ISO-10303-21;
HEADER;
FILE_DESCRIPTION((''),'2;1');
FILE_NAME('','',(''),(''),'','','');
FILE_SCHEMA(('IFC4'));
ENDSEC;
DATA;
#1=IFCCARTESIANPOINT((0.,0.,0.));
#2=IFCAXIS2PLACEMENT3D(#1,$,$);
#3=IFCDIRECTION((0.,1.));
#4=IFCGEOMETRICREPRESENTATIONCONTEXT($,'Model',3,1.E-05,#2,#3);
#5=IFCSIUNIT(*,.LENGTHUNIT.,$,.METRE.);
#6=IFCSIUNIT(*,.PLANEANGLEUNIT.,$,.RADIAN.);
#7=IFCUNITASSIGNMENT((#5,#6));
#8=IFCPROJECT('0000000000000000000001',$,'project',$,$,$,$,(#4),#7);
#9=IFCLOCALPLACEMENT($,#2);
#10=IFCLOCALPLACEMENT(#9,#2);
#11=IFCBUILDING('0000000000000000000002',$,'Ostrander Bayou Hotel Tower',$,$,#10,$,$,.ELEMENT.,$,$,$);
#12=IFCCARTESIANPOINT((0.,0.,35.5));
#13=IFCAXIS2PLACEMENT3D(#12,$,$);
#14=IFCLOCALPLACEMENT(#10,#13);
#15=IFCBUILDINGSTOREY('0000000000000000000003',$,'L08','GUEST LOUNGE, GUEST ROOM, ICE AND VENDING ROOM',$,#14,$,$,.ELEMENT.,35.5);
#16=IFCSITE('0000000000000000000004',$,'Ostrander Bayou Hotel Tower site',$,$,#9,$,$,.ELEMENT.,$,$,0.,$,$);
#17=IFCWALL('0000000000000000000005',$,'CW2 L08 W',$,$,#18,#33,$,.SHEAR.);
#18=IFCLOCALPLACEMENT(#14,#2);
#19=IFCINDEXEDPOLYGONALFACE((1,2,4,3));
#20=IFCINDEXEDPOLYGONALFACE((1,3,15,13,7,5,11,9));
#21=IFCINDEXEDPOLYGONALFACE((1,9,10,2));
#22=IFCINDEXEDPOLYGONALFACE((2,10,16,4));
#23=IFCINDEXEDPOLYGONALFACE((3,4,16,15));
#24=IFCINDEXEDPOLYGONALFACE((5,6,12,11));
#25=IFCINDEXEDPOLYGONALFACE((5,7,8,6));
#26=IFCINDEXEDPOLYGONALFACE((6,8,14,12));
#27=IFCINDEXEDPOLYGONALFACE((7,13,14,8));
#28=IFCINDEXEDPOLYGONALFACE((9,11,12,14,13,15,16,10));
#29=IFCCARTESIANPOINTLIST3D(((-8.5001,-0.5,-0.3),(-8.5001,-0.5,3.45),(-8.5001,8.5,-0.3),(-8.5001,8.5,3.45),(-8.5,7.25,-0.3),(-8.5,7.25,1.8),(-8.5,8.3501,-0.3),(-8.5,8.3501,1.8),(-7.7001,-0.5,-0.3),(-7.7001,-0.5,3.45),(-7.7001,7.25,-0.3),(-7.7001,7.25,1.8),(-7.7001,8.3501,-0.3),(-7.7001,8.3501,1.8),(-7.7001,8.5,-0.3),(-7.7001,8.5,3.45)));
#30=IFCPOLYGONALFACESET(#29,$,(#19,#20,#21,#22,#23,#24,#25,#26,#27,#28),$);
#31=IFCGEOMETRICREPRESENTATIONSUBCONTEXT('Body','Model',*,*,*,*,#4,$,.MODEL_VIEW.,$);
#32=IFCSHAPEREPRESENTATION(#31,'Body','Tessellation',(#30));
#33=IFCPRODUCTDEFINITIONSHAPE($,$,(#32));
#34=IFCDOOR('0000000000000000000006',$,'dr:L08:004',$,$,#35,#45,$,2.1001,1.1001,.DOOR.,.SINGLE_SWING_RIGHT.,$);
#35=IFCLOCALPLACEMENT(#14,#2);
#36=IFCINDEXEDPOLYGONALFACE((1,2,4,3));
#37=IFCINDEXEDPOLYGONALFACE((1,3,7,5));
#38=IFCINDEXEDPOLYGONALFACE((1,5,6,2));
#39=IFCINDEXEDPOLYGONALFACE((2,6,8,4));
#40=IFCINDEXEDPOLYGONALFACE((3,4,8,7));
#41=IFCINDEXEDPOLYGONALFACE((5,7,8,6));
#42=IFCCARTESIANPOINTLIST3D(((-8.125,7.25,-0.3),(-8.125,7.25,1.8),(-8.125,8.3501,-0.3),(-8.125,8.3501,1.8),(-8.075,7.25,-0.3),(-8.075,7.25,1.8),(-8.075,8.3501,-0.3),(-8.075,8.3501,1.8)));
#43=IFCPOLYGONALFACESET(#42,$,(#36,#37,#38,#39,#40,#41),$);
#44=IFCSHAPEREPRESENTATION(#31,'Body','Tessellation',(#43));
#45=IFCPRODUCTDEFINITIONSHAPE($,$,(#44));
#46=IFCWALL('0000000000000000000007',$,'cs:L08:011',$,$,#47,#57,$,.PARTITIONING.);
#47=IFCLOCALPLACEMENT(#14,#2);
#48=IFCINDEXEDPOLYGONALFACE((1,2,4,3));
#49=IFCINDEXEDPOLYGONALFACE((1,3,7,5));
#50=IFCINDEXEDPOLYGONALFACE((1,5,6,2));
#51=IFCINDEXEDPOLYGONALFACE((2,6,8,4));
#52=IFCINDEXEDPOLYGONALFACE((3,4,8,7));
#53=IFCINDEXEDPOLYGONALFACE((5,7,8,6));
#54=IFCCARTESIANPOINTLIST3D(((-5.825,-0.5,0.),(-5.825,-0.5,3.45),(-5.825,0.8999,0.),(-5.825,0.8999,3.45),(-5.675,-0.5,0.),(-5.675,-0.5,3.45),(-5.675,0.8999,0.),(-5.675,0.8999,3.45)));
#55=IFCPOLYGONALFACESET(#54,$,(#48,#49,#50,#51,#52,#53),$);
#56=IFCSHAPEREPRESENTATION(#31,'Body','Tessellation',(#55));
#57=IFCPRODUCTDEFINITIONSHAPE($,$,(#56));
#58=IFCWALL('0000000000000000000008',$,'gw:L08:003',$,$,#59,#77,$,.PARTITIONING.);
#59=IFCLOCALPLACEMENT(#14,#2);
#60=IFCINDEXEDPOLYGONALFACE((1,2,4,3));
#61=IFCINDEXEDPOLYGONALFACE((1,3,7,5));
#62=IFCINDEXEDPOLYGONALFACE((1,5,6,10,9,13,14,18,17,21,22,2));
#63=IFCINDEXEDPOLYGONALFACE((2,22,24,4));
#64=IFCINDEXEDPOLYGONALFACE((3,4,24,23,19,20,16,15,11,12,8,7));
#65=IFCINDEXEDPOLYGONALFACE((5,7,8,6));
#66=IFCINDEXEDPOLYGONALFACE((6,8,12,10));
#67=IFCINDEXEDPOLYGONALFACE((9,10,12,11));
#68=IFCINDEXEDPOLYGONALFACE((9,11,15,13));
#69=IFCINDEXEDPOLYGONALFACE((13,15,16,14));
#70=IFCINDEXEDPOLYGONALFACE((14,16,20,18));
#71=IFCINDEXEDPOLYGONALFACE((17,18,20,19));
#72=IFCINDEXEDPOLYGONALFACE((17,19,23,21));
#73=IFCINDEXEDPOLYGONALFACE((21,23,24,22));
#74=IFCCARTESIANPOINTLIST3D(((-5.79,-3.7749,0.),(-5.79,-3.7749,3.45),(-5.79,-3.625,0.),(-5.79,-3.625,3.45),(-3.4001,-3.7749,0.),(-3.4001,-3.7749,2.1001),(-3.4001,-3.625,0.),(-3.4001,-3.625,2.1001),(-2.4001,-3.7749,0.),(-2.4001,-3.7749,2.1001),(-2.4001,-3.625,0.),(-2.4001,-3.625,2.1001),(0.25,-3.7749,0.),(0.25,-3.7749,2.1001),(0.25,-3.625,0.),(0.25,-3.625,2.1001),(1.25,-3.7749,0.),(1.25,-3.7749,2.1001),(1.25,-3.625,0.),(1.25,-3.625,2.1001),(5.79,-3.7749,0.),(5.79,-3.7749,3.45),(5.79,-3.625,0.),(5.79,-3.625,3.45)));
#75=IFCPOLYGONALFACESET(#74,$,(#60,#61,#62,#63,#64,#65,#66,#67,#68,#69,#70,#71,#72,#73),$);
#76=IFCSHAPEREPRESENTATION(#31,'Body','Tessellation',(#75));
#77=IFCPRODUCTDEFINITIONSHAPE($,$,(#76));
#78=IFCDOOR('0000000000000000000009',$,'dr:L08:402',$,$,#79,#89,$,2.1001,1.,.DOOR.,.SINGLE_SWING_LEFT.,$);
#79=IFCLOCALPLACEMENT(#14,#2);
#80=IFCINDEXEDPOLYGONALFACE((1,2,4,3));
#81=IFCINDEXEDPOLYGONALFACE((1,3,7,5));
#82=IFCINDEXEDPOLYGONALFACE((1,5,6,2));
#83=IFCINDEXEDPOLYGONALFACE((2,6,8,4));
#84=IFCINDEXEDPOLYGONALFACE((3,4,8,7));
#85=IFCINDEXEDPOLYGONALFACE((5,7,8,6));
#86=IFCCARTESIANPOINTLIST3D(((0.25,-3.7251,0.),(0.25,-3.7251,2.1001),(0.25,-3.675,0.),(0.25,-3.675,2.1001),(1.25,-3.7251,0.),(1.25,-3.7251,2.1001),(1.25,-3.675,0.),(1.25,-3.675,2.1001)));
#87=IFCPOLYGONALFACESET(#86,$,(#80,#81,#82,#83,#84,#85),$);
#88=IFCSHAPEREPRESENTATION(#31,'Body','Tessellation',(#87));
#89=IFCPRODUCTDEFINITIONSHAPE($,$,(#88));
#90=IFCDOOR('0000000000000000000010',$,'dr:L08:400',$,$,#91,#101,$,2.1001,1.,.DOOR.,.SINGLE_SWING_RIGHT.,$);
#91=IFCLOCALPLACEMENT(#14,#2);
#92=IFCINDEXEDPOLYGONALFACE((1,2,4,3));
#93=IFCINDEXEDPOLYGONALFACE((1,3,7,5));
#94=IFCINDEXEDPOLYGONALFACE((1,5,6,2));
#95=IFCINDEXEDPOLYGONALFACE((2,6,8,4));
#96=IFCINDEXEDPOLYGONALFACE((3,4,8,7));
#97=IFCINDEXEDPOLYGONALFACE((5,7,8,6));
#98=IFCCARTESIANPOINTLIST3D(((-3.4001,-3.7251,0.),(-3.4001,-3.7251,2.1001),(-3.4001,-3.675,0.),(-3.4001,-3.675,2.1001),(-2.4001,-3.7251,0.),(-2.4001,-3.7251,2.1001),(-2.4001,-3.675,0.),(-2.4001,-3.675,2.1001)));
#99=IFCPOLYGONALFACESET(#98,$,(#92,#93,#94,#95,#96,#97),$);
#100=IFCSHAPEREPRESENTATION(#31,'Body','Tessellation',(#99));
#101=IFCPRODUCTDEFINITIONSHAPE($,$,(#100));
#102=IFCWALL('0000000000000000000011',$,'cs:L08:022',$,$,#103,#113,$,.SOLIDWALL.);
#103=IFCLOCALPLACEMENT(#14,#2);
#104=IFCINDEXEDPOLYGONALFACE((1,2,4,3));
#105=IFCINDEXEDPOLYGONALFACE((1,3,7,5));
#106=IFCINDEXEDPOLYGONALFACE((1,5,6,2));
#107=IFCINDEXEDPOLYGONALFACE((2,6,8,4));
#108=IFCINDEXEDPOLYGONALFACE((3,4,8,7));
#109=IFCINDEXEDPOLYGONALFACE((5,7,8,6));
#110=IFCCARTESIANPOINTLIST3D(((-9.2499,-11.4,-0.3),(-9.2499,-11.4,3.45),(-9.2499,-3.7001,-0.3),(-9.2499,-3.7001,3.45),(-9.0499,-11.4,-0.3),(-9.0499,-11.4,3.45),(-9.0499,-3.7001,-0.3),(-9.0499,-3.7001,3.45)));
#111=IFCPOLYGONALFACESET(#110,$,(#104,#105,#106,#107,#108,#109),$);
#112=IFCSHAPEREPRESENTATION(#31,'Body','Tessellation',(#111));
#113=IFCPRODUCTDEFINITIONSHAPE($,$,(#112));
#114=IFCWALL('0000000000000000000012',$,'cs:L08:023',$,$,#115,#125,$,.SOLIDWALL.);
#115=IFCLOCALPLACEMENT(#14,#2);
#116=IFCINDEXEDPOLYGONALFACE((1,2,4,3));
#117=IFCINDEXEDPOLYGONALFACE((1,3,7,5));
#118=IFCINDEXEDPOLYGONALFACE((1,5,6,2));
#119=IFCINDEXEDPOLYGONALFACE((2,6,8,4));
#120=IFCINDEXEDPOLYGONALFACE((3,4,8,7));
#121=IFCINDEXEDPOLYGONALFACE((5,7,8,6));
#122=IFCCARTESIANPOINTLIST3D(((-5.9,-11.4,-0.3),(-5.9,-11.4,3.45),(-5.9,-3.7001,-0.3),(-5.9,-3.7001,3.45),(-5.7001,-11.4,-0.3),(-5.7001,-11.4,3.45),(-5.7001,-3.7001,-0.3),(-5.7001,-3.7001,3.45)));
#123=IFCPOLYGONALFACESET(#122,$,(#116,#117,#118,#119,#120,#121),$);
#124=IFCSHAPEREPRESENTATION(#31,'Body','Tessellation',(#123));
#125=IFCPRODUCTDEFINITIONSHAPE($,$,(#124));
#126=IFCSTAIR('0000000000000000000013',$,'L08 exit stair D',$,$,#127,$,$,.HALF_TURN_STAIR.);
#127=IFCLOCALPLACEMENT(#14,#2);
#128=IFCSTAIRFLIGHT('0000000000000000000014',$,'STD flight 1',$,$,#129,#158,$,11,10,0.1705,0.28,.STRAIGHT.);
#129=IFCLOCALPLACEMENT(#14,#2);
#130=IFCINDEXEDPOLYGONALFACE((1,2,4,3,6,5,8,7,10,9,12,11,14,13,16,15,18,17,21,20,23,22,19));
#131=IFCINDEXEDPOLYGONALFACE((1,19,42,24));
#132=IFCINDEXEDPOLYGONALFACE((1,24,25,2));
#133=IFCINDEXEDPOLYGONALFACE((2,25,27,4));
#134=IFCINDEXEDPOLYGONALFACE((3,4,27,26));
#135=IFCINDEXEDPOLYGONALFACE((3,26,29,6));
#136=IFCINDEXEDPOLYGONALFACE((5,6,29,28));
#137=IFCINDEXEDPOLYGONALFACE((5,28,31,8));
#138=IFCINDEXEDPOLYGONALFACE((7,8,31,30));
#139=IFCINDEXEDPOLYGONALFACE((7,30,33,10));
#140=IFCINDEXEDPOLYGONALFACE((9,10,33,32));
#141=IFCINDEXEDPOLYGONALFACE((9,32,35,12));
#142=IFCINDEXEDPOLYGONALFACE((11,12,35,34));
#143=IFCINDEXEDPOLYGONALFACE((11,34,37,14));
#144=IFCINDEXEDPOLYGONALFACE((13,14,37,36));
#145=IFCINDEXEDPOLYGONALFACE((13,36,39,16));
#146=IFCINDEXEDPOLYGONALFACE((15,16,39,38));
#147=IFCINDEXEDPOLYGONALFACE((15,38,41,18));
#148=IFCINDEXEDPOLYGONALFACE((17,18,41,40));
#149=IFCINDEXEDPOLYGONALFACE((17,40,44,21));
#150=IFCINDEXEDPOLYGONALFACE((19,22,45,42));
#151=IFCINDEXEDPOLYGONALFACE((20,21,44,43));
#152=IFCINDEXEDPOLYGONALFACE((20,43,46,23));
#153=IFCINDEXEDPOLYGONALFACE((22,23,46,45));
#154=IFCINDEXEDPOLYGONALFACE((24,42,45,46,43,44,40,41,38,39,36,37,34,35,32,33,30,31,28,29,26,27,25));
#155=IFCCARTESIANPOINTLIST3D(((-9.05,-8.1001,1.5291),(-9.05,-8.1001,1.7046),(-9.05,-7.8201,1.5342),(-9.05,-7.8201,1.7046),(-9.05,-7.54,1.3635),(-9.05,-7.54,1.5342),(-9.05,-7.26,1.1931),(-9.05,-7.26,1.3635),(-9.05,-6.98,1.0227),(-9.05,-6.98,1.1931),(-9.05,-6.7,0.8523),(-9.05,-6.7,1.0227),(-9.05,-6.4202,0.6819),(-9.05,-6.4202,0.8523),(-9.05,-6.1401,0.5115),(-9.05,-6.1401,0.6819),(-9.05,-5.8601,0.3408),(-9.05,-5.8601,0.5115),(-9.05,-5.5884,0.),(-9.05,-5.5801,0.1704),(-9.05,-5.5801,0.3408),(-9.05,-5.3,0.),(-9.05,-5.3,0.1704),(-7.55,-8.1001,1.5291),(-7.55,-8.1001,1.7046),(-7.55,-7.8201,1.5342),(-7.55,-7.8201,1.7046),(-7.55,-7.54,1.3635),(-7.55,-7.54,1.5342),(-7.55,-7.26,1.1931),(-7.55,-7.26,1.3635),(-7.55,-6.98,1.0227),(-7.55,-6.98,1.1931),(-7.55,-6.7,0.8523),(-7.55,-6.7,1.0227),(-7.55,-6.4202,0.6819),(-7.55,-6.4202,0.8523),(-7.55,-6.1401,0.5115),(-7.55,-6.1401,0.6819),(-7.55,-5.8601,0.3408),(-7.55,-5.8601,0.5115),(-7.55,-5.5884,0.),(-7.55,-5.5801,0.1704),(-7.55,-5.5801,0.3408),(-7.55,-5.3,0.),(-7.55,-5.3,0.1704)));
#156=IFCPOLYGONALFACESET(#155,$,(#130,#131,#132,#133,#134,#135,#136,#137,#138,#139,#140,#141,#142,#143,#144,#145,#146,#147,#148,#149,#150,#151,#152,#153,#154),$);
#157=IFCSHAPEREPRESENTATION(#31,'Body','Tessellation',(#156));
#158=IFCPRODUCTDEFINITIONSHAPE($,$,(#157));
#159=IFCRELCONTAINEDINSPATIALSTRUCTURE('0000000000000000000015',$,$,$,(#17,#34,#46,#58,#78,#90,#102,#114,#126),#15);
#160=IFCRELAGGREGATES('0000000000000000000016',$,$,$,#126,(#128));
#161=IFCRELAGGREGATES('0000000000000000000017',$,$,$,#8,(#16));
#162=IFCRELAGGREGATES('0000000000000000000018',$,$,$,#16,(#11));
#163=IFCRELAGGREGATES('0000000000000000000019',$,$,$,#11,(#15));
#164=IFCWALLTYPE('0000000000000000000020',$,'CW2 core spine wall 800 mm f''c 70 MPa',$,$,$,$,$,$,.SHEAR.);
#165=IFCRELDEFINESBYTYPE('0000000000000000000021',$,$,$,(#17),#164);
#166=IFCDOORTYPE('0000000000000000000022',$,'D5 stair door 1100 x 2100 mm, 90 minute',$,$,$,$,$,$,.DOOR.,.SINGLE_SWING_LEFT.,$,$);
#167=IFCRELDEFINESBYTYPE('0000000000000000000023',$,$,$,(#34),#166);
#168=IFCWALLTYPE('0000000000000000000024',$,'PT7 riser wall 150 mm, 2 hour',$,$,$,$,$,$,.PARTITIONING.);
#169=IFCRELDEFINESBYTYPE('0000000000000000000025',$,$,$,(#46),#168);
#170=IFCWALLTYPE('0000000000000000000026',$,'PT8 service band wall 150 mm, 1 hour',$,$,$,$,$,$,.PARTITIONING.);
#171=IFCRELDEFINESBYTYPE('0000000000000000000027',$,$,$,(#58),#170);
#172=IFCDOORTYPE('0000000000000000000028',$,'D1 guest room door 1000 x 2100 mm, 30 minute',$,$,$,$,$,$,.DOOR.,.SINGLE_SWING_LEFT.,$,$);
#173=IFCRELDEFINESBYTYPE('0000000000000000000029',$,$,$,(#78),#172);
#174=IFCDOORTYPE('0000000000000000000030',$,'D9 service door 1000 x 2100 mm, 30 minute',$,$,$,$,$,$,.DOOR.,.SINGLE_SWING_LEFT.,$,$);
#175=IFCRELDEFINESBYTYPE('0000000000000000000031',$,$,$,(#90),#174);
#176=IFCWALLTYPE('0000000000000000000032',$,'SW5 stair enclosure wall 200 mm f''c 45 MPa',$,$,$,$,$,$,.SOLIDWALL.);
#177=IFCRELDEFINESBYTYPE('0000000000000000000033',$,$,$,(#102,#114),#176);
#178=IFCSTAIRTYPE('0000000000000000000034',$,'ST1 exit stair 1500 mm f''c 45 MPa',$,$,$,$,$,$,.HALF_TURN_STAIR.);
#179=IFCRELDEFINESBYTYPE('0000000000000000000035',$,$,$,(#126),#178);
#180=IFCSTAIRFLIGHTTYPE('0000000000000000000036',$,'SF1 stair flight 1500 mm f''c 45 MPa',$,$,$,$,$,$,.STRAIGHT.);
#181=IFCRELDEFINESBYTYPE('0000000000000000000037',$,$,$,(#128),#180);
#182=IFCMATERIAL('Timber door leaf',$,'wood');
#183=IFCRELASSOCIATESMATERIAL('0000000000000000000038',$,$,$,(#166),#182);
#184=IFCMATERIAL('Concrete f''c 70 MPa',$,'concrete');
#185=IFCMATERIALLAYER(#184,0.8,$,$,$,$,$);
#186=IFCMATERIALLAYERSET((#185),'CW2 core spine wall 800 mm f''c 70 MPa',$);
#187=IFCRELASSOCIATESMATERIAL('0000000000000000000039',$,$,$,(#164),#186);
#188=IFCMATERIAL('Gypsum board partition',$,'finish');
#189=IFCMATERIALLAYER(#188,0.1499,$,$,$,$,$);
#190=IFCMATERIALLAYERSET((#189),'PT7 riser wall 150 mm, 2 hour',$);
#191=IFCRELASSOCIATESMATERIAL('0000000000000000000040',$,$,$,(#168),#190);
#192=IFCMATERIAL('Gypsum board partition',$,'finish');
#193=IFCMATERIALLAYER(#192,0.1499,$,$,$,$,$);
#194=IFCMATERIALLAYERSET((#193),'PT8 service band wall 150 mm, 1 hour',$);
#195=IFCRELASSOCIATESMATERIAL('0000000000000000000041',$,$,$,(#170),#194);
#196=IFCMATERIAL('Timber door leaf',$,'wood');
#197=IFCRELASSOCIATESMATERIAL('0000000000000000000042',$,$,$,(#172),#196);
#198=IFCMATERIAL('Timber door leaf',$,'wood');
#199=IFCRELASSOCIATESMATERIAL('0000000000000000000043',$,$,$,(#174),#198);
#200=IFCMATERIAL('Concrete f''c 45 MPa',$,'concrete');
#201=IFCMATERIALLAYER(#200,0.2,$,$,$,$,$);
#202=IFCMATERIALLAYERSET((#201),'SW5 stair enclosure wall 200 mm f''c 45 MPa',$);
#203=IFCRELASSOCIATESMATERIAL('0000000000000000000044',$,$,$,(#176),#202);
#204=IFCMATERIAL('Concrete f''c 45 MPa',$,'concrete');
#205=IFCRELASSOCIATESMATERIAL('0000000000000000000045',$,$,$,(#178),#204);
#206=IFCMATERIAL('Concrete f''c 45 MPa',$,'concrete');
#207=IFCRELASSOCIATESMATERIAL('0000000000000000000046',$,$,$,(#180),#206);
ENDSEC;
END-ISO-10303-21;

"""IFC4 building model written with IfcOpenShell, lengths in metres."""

from ifc_helpers import new_model, si_unit, direction, frame, frame_2d, origin, place, context, subcontext, project, spatial, polyline, rectangle, outline, extrude, material, layer, layer_set, type_object, element, fill, aggregate, save


model = new_model("IFC4")

# Units and contexts
model_context = context("Model", 3, precision=1e-05, world=origin(), true_north=direction((0.0, 1.0)))
body_context = subcontext(model_context, "Body", "Model", "MODEL_VIEW")
ifc_project = project(units=[si_unit("LENGTHUNIT", "METRE"), si_unit("PLANEANGLEUNIT", "RADIAN")], contexts=[model_context])

# Site, building, storey
site_placement = place(None, origin())
site = spatial("IfcSite", under=ifc_project, at=site_placement, Name="Ostrander Bayou Hotel Tower site", CompositionType="ELEMENT", RefElevation=0.0)
building_placement = place(site_placement, origin())
building = spatial("IfcBuilding", under=site, at=building_placement, Name="Ostrander Bayou Hotel Tower", CompositionType="ELEMENT")
storey_placement = place(building_placement, frame((0.0, 0.0, 35.5)))
storey = spatial("IfcBuildingStorey", under=building, at=storey_placement, Name="L08", Description="GUEST LOUNGE, GUEST ROOM, ICE AND VENDING ROOM", CompositionType="ELEMENT", Elevation=35.5)

# Shared definitions
ifc_material_1 = material(Name="Timber door leaf", Category="wood")
door_type_1 = type_object("IfcDoorType", Name="D5 stair door 1100 x 2100 mm, 90 minute", OperationType="SINGLE_SWING_LEFT", PredefinedType="DOOR", material=ifc_material_1)

# Wall, opening, door
ifc_material_2 = material(Name="Concrete f'c 70 MPa", Category="concrete")
ifc_layer_1 = layer(ifc_material_2, 0.8)
ifc_layer_set_1 = layer_set([ifc_layer_1], Name="CW2 core spine wall 800 mm f'c 70 MPa")
wall_type_1 = type_object("IfcWallType", Name="CW2 core spine wall 800 mm f'c 70 MPa", PredefinedType="SHEAR", material=ifc_layer_set_1)
wall_1_placement = place(storey_placement, frame((-8.1001, -0.5, -0.3), z_axis=(0.0, 0.0, 1.0), x_axis=(0.0, 1.0, 0.0)))
wall_1 = element("IfcWall", 1, at=wall_1_placement, inside=storey, type_object=wall_type_1, Name="CW2 L08 W", PredefinedType="SHEAR", context=body_context, shape_type="SweptSolid", body=[
    extrude(rectangle(XDim=9.0, YDim=0.8, at=frame_2d((4.5, 0.0))), origin(), (0.0, 0.0, 1.0), 3.75),
])
opening_1_placement = place(wall_1_placement, frame((7.75, 0.0, 0.0)))
opening_1 = element("IfcOpeningElement", 2, at=opening_1_placement, cuts=wall_1, PredefinedType="OPENING", context=body_context, shape_type="SweptSolid", body=[
    extrude(rectangle(XDim=1.1001, YDim=2.1001, at=frame_2d((0.55, 1.05))), frame((0.0, 0.3999, 0.0), z_axis=(0.0, -1.0, 0.0), x_axis=(1.0, 0.0, 0.0)), (0.0, 0.0, 1.0), 0.8),
])
door_1_placement = place(opening_1_placement, origin())
door_1 = element("IfcDoor", 3, at=door_1_placement, inside=storey, type_object=door_type_1, Name="dr:L08:004", OperationType="SINGLE_SWING_RIGHT", OverallHeight=2.1001, OverallWidth=1.1001, PredefinedType="DOOR", context=body_context, shape_type="SweptSolid", body=[
    extrude(rectangle(XDim=1.1001, YDim=2.1001, at=frame_2d((0.55, 1.05))), frame((0.0, 0.0249, 0.0), z_axis=(0.0, -1.0, 0.0), x_axis=(1.0, 0.0, 0.0)), (0.0, 0.0, 1.0), 0.05),
])
fill(opening_1, door_1)

# Wall
ifc_material_3 = material(Name="Gypsum board partition", Category="finish")
ifc_layer_2 = layer(ifc_material_3, 0.1499)
ifc_layer_set_2 = layer_set([ifc_layer_2], Name="PT7 riser wall 150 mm, 2 hour")
wall_type_2 = type_object("IfcWallType", Name="PT7 riser wall 150 mm, 2 hour", PredefinedType="PARTITIONING", material=ifc_layer_set_2)
wall_2_placement = place(storey_placement, frame((-5.75, -0.5, 0.0), z_axis=(0.0, 0.0, 1.0), x_axis=(0.0, 1.0, 0.0)))
element("IfcWall", 4, at=wall_2_placement, inside=storey, type_object=wall_type_2, Name="cs:L08:011", PredefinedType="PARTITIONING", context=body_context, shape_type="SweptSolid", body=[
    extrude(rectangle(XDim=1.3999, YDim=0.1499, at=frame_2d((0.7, 0.0))), origin(), (0.0, 0.0, 1.0), 3.45),
])

# Wall, openings, doors
ifc_material_4 = material(Name="Gypsum board partition", Category="finish")
ifc_layer_3 = layer(ifc_material_4, 0.1499)
ifc_layer_set_3 = layer_set([ifc_layer_3], Name="PT8 service band wall 150 mm, 1 hour")
wall_type_3 = type_object("IfcWallType", Name="PT8 service band wall 150 mm, 1 hour", PredefinedType="PARTITIONING", material=ifc_layer_set_3)
wall_3_placement = place(storey_placement, frame((-5.79, -3.7, 0.0), z_axis=(0.0, 0.0, 1.0), x_axis=(1.0, 0.0, 0.0)))
wall_3 = element("IfcWall", 5, at=wall_3_placement, inside=storey, type_object=wall_type_3, Name="gw:L08:003", PredefinedType="PARTITIONING", context=body_context, shape_type="SweptSolid", body=[
    extrude(rectangle(XDim=11.5801, YDim=0.1499, at=frame_2d((5.79, 0.0))), origin(), (0.0, 0.0, 1.0), 3.45),
])
opening_2_placement = place(wall_3_placement, frame((2.3899, 0.0, 0.0)))
opening_2 = element("IfcOpeningElement", 6, at=opening_2_placement, cuts=wall_3, PredefinedType="OPENING", context=body_context, shape_type="SweptSolid", body=[
    extrude(rectangle(XDim=1.0, YDim=2.1001, at=frame_2d((0.5, 1.05))), frame((0.0, 0.075, 0.0), z_axis=(0.0, -1.0, 0.0), x_axis=(1.0, 0.0, 0.0)), (0.0, 0.0, 1.0), 0.1499),
])
opening_3_placement = place(wall_3_placement, frame((6.04, 0.0, 0.0)))
opening_3 = element("IfcOpeningElement", 7, at=opening_3_placement, cuts=wall_3, PredefinedType="OPENING", context=body_context, shape_type="SweptSolid", body=[
    extrude(rectangle(XDim=1.0, YDim=2.1001, at=frame_2d((0.5, 1.05))), frame((0.0, 0.075, 0.0), z_axis=(0.0, -1.0, 0.0), x_axis=(1.0, 0.0, 0.0)), (0.0, 0.0, 1.0), 0.1499),
])
ifc_material_5 = material(Name="Timber door leaf", Category="wood")
door_type_2 = type_object("IfcDoorType", Name="D1 guest room door 1000 x 2100 mm, 30 minute", OperationType="SINGLE_SWING_LEFT", PredefinedType="DOOR", material=ifc_material_5)
door_2_placement = place(opening_3_placement, origin())
door_2 = element("IfcDoor", 8, at=door_2_placement, inside=storey, type_object=door_type_2, Name="dr:L08:402", OperationType="SINGLE_SWING_LEFT", OverallHeight=2.1001, OverallWidth=1.0, PredefinedType="DOOR", context=body_context, shape_type="SweptSolid", body=[
    extrude(rectangle(XDim=1.0, YDim=2.1001, at=frame_2d((0.5, 1.05))), frame((0.0, 0.0249, 0.0), z_axis=(0.0, -1.0, 0.0), x_axis=(1.0, 0.0, 0.0)), (0.0, 0.0, 1.0), 0.05),
])
fill(opening_3, door_2)
ifc_material_6 = material(Name="Timber door leaf", Category="wood")
door_type_3 = type_object("IfcDoorType", Name="D9 service door 1000 x 2100 mm, 30 minute", OperationType="SINGLE_SWING_LEFT", PredefinedType="DOOR", material=ifc_material_6)
door_3_placement = place(opening_2_placement, origin())
door_3 = element("IfcDoor", 9, at=door_3_placement, inside=storey, type_object=door_type_3, Name="dr:L08:400", OperationType="SINGLE_SWING_RIGHT", OverallHeight=2.1001, OverallWidth=1.0, PredefinedType="DOOR", context=body_context, shape_type="SweptSolid", body=[
    extrude(rectangle(XDim=1.0, YDim=2.1001, at=frame_2d((0.5, 1.05))), frame((0.0, 0.0249, 0.0), z_axis=(0.0, -1.0, 0.0), x_axis=(1.0, 0.0, 0.0)), (0.0, 0.0, 1.0), 0.05),
])
fill(opening_2, door_3)

# Shared definitions
ifc_material_7 = material(Name="Concrete f'c 45 MPa", Category="concrete")
ifc_layer_4 = layer(ifc_material_7, 0.2)
ifc_layer_set_4 = layer_set([ifc_layer_4], Name="SW5 stair enclosure wall 200 mm f'c 45 MPa")
wall_type_4 = type_object("IfcWallType", Name="SW5 stair enclosure wall 200 mm f'c 45 MPa", PredefinedType="SOLIDWALL", material=ifc_layer_set_4)

# Walls
for number, where, z_axis, x_axis, name in (
    (10, (-9.1499, -3.7, -0.3), (0.0, 0.0, 1.0), (0.0, -1.0, 0.0), "cs:L08:022"),
    (11, (-5.8, -3.7, -0.3), (0.0, 0.0, 1.0), (0.0, -1.0, 0.0), "cs:L08:023"),
):
    element("IfcWall", number, at=place(storey_placement, frame(where, z_axis=z_axis, x_axis=x_axis)), inside=storey, type_object=wall_type_4, Name=name, PredefinedType="SOLIDWALL", context=body_context, shape_type="SweptSolid", body=[
        extrude(rectangle(XDim=7.7, YDim=0.2, at=frame_2d((3.8501, 0.0))), origin(), (0.0, 0.0, 1.0), 3.75),
    ])

# Stair, stair flight
ifc_material_8 = material(Name="Concrete f'c 45 MPa", Category="concrete")
stair_type = type_object("IfcStairType", Name="ST1 exit stair 1500 mm f'c 45 MPa", PredefinedType="HALF_TURN_STAIR", material=ifc_material_8)
stair_placement = place(storey_placement, origin())
stair = element("IfcStair", 12, at=stair_placement, inside=storey, type_object=stair_type, Name="L08 exit stair D", PredefinedType="HALF_TURN_STAIR")
ifc_material_9 = material(Name="Concrete f'c 45 MPa", Category="concrete")
stair_flight_type = type_object("IfcStairFlightType", Name="SF1 stair flight 1500 mm f'c 45 MPa", PredefinedType="STRAIGHT", material=ifc_material_9)
stair_flight_placement = place(storey_placement, frame((-8.3, -5.3, 0.0), z_axis=(0.0, 0.0, 1.0), x_axis=(0.0, -1.0, 0.0)))
stair_flight = element("IfcStairFlight", 13, at=stair_flight_placement, type_object=stair_flight_type, Name="STD flight 1", NumberOfRisers=11, NumberOfTreads=10, PredefinedType="STRAIGHT", RiserHeight=0.1705, TreadLength=0.28, context=body_context, shape_type="SweptSolid", body=[
    extrude(outline(polyline([(0.0, 0.0), (0.0, 0.1704), (0.28, 0.1704), (0.28, 0.3408), (0.5601, 0.3408), (0.5601, 0.5115), (0.8401, 0.5115), (0.8401, 0.6819), (1.1201, 0.6819), (1.1201, 0.8523), (1.3999, 0.8523), (1.3999, 1.0227), (1.6799, 1.0227), (1.6799, 1.1931), (1.96, 1.1931), (1.96, 1.3635), (2.24, 1.3635), (2.24, 1.5342), (2.52, 1.5342), (2.52, 1.7046), (2.8, 1.7046), (2.8, 1.875), (2.8, 1.5291), (0.2883, 0.0), (0.0, 0.0)])), frame((0.0, 0.75, 0.0), z_axis=(0.0, -1.0, 0.0), x_axis=(1.0, 0.0, 0.0)), (0.0, 0.0, 1.0), 1.5),
])
aggregate(stair, [stair_flight])

save(model, "model.ifc")
